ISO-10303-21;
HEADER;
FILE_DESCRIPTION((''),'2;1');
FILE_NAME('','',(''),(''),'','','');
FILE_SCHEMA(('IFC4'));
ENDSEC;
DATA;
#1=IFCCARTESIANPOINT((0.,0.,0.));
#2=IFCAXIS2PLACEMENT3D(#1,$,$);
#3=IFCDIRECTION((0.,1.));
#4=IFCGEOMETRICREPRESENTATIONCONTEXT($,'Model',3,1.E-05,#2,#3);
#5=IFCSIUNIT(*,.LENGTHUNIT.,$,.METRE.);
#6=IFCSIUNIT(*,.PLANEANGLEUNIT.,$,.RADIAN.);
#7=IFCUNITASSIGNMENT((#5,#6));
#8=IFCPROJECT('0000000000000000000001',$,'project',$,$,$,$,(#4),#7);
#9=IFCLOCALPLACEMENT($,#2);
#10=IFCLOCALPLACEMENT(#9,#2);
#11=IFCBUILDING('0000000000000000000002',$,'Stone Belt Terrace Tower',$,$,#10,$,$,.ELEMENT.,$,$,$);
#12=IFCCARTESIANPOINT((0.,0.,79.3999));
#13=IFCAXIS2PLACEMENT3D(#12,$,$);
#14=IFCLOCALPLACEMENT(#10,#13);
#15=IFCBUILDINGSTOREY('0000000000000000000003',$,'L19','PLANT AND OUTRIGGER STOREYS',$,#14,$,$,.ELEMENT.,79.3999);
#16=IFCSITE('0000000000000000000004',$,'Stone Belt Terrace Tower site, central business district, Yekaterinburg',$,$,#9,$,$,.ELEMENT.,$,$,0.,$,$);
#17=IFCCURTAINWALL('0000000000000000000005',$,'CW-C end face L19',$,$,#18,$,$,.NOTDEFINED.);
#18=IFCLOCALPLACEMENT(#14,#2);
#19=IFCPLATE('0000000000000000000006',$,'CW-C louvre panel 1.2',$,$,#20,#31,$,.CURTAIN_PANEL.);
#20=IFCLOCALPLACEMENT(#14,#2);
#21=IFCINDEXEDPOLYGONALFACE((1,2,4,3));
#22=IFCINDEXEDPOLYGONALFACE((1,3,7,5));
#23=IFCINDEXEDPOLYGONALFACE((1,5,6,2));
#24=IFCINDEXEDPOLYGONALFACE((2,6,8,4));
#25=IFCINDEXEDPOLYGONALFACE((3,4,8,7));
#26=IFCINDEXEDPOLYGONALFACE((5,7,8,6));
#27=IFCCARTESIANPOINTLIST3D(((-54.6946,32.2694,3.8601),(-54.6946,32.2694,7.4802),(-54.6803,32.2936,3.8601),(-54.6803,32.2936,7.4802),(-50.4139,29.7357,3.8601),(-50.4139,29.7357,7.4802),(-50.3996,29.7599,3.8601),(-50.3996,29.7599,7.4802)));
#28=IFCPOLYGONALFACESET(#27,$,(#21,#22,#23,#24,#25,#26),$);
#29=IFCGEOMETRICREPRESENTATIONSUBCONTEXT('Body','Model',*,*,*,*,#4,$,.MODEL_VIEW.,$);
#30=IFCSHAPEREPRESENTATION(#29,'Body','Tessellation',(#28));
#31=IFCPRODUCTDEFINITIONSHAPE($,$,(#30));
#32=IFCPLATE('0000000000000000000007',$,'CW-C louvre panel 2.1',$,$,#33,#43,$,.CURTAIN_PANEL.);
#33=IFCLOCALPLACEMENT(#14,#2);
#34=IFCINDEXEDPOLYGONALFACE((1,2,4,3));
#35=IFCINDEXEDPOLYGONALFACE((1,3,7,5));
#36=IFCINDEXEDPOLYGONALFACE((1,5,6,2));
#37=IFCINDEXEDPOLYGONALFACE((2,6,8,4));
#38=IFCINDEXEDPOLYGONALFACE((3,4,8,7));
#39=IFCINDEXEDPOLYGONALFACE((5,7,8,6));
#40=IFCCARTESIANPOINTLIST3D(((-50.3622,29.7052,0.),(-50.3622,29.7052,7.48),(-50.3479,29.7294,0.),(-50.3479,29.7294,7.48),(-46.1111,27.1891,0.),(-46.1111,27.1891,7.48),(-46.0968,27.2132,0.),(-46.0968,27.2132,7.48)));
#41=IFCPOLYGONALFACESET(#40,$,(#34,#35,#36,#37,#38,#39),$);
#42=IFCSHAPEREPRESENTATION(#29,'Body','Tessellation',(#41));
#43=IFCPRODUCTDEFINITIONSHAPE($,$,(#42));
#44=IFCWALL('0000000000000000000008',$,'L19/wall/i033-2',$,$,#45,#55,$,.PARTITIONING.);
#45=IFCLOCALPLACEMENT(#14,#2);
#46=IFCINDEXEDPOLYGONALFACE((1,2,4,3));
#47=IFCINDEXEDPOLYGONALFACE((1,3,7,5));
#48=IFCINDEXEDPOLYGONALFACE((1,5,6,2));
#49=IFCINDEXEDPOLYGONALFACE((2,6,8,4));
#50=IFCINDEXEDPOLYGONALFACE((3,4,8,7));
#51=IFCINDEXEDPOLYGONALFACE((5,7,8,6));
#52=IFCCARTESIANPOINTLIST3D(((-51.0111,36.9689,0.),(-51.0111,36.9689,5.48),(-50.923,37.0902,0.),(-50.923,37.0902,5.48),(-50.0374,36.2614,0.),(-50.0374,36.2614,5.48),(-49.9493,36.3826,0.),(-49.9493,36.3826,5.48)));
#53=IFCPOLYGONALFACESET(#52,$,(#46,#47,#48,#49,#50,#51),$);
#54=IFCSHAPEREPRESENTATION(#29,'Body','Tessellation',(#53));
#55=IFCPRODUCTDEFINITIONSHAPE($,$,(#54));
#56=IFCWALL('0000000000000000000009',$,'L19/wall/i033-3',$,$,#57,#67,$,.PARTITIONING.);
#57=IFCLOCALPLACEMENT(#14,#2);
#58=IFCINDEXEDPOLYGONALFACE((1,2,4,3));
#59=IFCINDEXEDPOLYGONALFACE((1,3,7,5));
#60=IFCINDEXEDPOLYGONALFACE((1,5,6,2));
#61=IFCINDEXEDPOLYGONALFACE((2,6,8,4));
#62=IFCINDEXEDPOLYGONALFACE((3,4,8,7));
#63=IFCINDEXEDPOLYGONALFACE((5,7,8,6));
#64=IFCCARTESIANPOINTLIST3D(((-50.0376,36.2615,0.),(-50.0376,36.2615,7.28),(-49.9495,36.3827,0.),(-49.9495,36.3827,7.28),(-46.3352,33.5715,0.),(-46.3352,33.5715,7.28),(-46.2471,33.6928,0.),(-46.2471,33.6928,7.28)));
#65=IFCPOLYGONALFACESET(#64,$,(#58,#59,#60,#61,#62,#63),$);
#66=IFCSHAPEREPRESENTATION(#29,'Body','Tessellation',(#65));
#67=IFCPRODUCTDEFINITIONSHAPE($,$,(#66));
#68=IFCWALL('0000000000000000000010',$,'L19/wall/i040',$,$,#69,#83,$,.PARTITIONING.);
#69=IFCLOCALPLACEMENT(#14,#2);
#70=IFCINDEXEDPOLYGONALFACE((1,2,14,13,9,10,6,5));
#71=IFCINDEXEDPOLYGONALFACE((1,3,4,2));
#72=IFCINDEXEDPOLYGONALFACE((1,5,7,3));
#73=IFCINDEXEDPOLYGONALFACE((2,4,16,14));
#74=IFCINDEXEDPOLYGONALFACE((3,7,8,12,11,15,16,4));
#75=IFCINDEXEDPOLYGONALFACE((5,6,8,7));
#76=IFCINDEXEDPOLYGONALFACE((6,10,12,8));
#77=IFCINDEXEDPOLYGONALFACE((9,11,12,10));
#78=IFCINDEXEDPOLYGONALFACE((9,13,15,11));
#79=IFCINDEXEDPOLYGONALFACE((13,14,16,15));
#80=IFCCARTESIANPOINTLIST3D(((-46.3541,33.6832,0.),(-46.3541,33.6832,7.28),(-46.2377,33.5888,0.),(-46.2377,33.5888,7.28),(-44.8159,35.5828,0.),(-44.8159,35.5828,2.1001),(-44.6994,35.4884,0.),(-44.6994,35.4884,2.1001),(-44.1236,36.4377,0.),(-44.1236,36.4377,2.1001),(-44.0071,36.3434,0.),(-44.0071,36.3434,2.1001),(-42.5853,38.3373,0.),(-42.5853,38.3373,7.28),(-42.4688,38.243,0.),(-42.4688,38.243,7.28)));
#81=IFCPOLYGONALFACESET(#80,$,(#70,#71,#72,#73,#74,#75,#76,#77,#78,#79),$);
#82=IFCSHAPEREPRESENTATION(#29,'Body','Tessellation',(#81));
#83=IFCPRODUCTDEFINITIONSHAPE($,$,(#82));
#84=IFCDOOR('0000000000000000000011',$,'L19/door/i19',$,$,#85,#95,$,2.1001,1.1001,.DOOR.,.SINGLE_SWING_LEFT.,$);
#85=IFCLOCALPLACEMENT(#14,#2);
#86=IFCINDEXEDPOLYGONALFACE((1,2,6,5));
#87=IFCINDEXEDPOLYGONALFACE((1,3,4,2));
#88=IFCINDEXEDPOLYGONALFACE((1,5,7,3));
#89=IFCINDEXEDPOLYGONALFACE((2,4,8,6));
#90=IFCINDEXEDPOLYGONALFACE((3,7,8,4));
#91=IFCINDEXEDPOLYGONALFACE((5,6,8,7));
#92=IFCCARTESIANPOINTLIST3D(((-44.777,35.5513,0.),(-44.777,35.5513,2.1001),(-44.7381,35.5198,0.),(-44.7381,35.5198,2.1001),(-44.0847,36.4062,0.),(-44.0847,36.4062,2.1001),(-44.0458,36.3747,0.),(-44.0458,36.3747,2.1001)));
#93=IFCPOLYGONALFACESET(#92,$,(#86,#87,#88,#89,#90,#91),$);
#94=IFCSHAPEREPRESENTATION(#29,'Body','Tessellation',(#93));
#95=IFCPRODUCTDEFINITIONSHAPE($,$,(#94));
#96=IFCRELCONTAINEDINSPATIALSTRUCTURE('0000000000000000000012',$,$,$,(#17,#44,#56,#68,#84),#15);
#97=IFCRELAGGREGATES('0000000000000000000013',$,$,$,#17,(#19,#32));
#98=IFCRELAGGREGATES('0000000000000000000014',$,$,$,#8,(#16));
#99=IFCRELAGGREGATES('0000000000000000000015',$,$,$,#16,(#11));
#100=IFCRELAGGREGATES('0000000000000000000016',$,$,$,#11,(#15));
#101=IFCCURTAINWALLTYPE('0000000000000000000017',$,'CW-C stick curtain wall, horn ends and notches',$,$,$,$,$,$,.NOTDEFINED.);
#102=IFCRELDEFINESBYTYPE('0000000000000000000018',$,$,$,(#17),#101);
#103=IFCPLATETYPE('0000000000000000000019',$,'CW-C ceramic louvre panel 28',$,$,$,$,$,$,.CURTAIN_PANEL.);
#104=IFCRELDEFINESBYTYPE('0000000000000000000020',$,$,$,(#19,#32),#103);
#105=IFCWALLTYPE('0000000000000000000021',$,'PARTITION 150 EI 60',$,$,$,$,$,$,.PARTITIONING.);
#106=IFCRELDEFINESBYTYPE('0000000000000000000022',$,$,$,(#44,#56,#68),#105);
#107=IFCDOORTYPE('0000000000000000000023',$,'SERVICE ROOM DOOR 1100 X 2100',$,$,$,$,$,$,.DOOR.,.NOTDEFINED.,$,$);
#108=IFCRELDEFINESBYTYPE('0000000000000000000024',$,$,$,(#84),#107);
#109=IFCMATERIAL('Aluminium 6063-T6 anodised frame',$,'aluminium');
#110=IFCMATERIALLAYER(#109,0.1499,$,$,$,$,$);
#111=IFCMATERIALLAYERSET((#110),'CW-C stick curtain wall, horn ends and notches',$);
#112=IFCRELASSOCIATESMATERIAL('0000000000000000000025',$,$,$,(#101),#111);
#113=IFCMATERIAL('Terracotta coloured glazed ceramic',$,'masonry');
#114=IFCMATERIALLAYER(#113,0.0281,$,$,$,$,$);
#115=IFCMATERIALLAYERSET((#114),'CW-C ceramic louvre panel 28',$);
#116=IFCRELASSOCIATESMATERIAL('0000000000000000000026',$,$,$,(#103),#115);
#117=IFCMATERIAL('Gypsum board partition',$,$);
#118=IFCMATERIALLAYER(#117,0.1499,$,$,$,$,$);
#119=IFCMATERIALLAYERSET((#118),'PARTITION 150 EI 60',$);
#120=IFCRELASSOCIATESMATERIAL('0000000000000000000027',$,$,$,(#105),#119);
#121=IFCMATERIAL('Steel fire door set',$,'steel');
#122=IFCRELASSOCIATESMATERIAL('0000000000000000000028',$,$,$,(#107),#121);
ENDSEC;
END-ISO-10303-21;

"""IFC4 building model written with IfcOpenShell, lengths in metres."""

from ifc_helpers import new_model, si_unit, direction, frame, frame_2d, origin, origin_2d, place, context, subcontext, project, spatial, rectangle, extrude, material, layer, layer_set, type_object, element, fill, aggregate, save


model = new_model("IFC4")

# Units and contexts
model_context = context("Model", 3, precision=1e-05, world=origin(), true_north=direction((0.0, 1.0)))
body_context = subcontext(model_context, "Body", "Model", "MODEL_VIEW")
ifc_project = project(units=[si_unit("LENGTHUNIT", "METRE"), si_unit("PLANEANGLEUNIT", "RADIAN")], contexts=[model_context])

# Site, building, storey
site_placement = place(None, origin())
site = spatial("IfcSite", under=ifc_project, at=site_placement, Name="Stone Belt Terrace Tower site, central business district, Yekaterinburg", CompositionType="ELEMENT", RefElevation=0.0)
building_placement = place(site_placement, origin())
building = spatial("IfcBuilding", under=site, at=building_placement, Name="Stone Belt Terrace Tower", CompositionType="ELEMENT")
storey_placement = place(building_placement, frame((0.0, 0.0, 79.3999)))
storey = spatial("IfcBuildingStorey", under=building, at=storey_placement, Name="L19", Description="PLANT AND OUTRIGGER STOREYS", CompositionType="ELEMENT", Elevation=79.3999)

# Curtain wall
ifc_material_1 = material(Name="Aluminium 6063-T6 anodised frame", Category="aluminium")
ifc_layer_1 = layer(ifc_material_1, 0.1499)
ifc_layer_set_1 = layer_set([ifc_layer_1], Name="CW-C stick curtain wall, horn ends and notches")
curtain_wall_type = type_object("IfcCurtainWallType", Name="CW-C stick curtain wall, horn ends and notches", PredefinedType="NOTDEFINED", material=ifc_layer_set_1)
curtain_wall_1_placement = place(storey_placement, origin())
curtain_wall_1 = element("IfcCurtainWall", 1, at=curtain_wall_1_placement, inside=storey, type_object=curtain_wall_type, Name="CW-C end face L19", PredefinedType="NOTDEFINED")

# Shared definitions
ifc_material_2 = material(Name="Terracotta coloured glazed ceramic", Category="masonry")
ifc_layer_2 = layer(ifc_material_2, 0.0281)
ifc_layer_set_2 = layer_set([ifc_layer_2], Name="CW-C ceramic louvre panel 28")
plate_type = type_object("IfcPlateType", Name="CW-C ceramic louvre panel 28", PredefinedType="CURTAIN_PANEL", material=ifc_layer_set_2)

# Plates
plate_1_placement = place(storey_placement, frame((-52.5471, 31.0146, 3.8601), z_axis=(0.0, 0.0, 1.0), x_axis=(0.860558, -0.509353, 0.0)))
plate_1 = element("IfcPlate", 2, at=plate_1_placement, type_object=plate_type, Name="CW-C louvre panel 1.2", PredefinedType="CURTAIN_PANEL", context=body_context, shape_type="SweptSolid", body=[
    extrude(rectangle(XDim=4.9744, YDim=0.0281, at=origin_2d()), origin(), (0.0, 0.0, 1.0), 3.6201),
])
plate_2_placement = place(storey_placement, frame((-48.2295, 28.4592, 0.0), z_axis=(0.0, 0.0, 1.0), x_axis=(0.860558, -0.509353, 0.0)))
plate_2 = element("IfcPlate", 3, at=plate_2_placement, type_object=plate_type, Name="CW-C louvre panel 2.1", PredefinedType="CURTAIN_PANEL", context=body_context, shape_type="SweptSolid", body=[
    extrude(rectangle(XDim=4.9399, YDim=0.0281, at=origin_2d()), origin(), (0.0, 0.0, 1.0), 7.48),
])
aggregate(curtain_wall_1, [plate_1, plate_2])

# Walls
ifc_material_3 = material(Name="Gypsum board partition")
ifc_layer_3 = layer(ifc_material_3, 0.1499)
ifc_layer_set_3 = layer_set([ifc_layer_3], Name="PARTITION 150 EI 60")
wall_type = type_object("IfcWallType", Name="PARTITION 150 EI 60", PredefinedType="PARTITIONING", material=ifc_layer_set_3)
wall_1_placement = place(storey_placement, frame((-50.967, 37.0295, 0.0), z_axis=(0.0, 0.0, 1.0), x_axis=(0.808964, -0.587858, 0.0)))
element("IfcWall", 4, at=wall_1_placement, inside=storey, type_object=wall_type, Name="L19/wall/i033-2", PredefinedType="PARTITIONING", context=body_context, shape_type="SweptSolid", body=[
    extrude(rectangle(XDim=1.2036, YDim=0.1499, at=frame_2d((0.6018, 0.0))), origin(), (0.0, 0.0, 1.0), 5.48),
])
wall_2_placement = place(storey_placement, frame((-49.9934, 36.322, 0.0), z_axis=(0.0, 0.0, 1.0), x_axis=(0.809017, -0.587785, 0.0)))
element("IfcWall", 5, at=wall_2_placement, inside=storey, type_object=wall_type, Name="L19/wall/i033-3", PredefinedType="PARTITIONING", context=body_context, shape_type="SweptSolid", body=[
    extrude(rectangle(XDim=4.5764, YDim=0.1499, at=frame_2d((2.2881, 0.0))), origin(), (0.0, 0.0, 1.0), 7.28),
])

# Wall, opening, door
wall_3_placement = place(storey_placement, frame((-46.2959, 33.636, 0.0), z_axis=(0.0, 0.0, 1.0), x_axis=(0.629323, 0.777144, 0.0)))
wall_3 = element("IfcWall", 6, at=wall_3_placement, inside=storey, type_object=wall_type, Name="L19/wall/i040", PredefinedType="PARTITIONING", context=body_context, shape_type="SweptSolid", body=[
    extrude(rectangle(XDim=5.9888, YDim=0.1499, at=frame_2d((2.9944, 0.0))), origin(), (0.0, 0.0, 1.0), 7.28),
])
opening_placement = place(wall_3_placement, frame((2.4443, 0.0, 0.0)))
opening = element("IfcOpeningElement", 7, at=opening_placement, cuts=wall_3, PredefinedType="OPENING", context=body_context, shape_type="SweptSolid", body=[
    extrude(rectangle(XDim=1.1001, YDim=2.1001, at=frame_2d((0.55, 1.05))), frame((0.0, 0.085, 0.0), z_axis=(0.0, -1.0, 0.0), x_axis=(1.0, 0.0, 0.0)), (0.0, 0.0, 1.0), 0.1699),
])
ifc_material_4 = material(Name="Steel fire door set", Category="steel")
door_type = type_object("IfcDoorType", Name="SERVICE ROOM DOOR 1100 X 2100", OperationType="NOTDEFINED", PredefinedType="DOOR", material=ifc_material_4)
door_placement = place(opening_placement, origin())
door = element("IfcDoor", 8, at=door_placement, inside=storey, type_object=door_type, Name="L19/door/i19", OperationType="SINGLE_SWING_LEFT", OverallHeight=2.1001, OverallWidth=1.1001, PredefinedType="DOOR", context=body_context, shape_type="SweptSolid", body=[
    extrude(rectangle(XDim=1.1001, YDim=2.1001, at=frame_2d((0.55, 1.05))), frame((0.0, 0.0249, 0.0), z_axis=(0.0, -1.0, 0.0), x_axis=(1.0, 0.0, 0.0)), (0.0, 0.0, 1.0), 0.05),
])
fill(opening, door)

save(model, "model.ifc")
